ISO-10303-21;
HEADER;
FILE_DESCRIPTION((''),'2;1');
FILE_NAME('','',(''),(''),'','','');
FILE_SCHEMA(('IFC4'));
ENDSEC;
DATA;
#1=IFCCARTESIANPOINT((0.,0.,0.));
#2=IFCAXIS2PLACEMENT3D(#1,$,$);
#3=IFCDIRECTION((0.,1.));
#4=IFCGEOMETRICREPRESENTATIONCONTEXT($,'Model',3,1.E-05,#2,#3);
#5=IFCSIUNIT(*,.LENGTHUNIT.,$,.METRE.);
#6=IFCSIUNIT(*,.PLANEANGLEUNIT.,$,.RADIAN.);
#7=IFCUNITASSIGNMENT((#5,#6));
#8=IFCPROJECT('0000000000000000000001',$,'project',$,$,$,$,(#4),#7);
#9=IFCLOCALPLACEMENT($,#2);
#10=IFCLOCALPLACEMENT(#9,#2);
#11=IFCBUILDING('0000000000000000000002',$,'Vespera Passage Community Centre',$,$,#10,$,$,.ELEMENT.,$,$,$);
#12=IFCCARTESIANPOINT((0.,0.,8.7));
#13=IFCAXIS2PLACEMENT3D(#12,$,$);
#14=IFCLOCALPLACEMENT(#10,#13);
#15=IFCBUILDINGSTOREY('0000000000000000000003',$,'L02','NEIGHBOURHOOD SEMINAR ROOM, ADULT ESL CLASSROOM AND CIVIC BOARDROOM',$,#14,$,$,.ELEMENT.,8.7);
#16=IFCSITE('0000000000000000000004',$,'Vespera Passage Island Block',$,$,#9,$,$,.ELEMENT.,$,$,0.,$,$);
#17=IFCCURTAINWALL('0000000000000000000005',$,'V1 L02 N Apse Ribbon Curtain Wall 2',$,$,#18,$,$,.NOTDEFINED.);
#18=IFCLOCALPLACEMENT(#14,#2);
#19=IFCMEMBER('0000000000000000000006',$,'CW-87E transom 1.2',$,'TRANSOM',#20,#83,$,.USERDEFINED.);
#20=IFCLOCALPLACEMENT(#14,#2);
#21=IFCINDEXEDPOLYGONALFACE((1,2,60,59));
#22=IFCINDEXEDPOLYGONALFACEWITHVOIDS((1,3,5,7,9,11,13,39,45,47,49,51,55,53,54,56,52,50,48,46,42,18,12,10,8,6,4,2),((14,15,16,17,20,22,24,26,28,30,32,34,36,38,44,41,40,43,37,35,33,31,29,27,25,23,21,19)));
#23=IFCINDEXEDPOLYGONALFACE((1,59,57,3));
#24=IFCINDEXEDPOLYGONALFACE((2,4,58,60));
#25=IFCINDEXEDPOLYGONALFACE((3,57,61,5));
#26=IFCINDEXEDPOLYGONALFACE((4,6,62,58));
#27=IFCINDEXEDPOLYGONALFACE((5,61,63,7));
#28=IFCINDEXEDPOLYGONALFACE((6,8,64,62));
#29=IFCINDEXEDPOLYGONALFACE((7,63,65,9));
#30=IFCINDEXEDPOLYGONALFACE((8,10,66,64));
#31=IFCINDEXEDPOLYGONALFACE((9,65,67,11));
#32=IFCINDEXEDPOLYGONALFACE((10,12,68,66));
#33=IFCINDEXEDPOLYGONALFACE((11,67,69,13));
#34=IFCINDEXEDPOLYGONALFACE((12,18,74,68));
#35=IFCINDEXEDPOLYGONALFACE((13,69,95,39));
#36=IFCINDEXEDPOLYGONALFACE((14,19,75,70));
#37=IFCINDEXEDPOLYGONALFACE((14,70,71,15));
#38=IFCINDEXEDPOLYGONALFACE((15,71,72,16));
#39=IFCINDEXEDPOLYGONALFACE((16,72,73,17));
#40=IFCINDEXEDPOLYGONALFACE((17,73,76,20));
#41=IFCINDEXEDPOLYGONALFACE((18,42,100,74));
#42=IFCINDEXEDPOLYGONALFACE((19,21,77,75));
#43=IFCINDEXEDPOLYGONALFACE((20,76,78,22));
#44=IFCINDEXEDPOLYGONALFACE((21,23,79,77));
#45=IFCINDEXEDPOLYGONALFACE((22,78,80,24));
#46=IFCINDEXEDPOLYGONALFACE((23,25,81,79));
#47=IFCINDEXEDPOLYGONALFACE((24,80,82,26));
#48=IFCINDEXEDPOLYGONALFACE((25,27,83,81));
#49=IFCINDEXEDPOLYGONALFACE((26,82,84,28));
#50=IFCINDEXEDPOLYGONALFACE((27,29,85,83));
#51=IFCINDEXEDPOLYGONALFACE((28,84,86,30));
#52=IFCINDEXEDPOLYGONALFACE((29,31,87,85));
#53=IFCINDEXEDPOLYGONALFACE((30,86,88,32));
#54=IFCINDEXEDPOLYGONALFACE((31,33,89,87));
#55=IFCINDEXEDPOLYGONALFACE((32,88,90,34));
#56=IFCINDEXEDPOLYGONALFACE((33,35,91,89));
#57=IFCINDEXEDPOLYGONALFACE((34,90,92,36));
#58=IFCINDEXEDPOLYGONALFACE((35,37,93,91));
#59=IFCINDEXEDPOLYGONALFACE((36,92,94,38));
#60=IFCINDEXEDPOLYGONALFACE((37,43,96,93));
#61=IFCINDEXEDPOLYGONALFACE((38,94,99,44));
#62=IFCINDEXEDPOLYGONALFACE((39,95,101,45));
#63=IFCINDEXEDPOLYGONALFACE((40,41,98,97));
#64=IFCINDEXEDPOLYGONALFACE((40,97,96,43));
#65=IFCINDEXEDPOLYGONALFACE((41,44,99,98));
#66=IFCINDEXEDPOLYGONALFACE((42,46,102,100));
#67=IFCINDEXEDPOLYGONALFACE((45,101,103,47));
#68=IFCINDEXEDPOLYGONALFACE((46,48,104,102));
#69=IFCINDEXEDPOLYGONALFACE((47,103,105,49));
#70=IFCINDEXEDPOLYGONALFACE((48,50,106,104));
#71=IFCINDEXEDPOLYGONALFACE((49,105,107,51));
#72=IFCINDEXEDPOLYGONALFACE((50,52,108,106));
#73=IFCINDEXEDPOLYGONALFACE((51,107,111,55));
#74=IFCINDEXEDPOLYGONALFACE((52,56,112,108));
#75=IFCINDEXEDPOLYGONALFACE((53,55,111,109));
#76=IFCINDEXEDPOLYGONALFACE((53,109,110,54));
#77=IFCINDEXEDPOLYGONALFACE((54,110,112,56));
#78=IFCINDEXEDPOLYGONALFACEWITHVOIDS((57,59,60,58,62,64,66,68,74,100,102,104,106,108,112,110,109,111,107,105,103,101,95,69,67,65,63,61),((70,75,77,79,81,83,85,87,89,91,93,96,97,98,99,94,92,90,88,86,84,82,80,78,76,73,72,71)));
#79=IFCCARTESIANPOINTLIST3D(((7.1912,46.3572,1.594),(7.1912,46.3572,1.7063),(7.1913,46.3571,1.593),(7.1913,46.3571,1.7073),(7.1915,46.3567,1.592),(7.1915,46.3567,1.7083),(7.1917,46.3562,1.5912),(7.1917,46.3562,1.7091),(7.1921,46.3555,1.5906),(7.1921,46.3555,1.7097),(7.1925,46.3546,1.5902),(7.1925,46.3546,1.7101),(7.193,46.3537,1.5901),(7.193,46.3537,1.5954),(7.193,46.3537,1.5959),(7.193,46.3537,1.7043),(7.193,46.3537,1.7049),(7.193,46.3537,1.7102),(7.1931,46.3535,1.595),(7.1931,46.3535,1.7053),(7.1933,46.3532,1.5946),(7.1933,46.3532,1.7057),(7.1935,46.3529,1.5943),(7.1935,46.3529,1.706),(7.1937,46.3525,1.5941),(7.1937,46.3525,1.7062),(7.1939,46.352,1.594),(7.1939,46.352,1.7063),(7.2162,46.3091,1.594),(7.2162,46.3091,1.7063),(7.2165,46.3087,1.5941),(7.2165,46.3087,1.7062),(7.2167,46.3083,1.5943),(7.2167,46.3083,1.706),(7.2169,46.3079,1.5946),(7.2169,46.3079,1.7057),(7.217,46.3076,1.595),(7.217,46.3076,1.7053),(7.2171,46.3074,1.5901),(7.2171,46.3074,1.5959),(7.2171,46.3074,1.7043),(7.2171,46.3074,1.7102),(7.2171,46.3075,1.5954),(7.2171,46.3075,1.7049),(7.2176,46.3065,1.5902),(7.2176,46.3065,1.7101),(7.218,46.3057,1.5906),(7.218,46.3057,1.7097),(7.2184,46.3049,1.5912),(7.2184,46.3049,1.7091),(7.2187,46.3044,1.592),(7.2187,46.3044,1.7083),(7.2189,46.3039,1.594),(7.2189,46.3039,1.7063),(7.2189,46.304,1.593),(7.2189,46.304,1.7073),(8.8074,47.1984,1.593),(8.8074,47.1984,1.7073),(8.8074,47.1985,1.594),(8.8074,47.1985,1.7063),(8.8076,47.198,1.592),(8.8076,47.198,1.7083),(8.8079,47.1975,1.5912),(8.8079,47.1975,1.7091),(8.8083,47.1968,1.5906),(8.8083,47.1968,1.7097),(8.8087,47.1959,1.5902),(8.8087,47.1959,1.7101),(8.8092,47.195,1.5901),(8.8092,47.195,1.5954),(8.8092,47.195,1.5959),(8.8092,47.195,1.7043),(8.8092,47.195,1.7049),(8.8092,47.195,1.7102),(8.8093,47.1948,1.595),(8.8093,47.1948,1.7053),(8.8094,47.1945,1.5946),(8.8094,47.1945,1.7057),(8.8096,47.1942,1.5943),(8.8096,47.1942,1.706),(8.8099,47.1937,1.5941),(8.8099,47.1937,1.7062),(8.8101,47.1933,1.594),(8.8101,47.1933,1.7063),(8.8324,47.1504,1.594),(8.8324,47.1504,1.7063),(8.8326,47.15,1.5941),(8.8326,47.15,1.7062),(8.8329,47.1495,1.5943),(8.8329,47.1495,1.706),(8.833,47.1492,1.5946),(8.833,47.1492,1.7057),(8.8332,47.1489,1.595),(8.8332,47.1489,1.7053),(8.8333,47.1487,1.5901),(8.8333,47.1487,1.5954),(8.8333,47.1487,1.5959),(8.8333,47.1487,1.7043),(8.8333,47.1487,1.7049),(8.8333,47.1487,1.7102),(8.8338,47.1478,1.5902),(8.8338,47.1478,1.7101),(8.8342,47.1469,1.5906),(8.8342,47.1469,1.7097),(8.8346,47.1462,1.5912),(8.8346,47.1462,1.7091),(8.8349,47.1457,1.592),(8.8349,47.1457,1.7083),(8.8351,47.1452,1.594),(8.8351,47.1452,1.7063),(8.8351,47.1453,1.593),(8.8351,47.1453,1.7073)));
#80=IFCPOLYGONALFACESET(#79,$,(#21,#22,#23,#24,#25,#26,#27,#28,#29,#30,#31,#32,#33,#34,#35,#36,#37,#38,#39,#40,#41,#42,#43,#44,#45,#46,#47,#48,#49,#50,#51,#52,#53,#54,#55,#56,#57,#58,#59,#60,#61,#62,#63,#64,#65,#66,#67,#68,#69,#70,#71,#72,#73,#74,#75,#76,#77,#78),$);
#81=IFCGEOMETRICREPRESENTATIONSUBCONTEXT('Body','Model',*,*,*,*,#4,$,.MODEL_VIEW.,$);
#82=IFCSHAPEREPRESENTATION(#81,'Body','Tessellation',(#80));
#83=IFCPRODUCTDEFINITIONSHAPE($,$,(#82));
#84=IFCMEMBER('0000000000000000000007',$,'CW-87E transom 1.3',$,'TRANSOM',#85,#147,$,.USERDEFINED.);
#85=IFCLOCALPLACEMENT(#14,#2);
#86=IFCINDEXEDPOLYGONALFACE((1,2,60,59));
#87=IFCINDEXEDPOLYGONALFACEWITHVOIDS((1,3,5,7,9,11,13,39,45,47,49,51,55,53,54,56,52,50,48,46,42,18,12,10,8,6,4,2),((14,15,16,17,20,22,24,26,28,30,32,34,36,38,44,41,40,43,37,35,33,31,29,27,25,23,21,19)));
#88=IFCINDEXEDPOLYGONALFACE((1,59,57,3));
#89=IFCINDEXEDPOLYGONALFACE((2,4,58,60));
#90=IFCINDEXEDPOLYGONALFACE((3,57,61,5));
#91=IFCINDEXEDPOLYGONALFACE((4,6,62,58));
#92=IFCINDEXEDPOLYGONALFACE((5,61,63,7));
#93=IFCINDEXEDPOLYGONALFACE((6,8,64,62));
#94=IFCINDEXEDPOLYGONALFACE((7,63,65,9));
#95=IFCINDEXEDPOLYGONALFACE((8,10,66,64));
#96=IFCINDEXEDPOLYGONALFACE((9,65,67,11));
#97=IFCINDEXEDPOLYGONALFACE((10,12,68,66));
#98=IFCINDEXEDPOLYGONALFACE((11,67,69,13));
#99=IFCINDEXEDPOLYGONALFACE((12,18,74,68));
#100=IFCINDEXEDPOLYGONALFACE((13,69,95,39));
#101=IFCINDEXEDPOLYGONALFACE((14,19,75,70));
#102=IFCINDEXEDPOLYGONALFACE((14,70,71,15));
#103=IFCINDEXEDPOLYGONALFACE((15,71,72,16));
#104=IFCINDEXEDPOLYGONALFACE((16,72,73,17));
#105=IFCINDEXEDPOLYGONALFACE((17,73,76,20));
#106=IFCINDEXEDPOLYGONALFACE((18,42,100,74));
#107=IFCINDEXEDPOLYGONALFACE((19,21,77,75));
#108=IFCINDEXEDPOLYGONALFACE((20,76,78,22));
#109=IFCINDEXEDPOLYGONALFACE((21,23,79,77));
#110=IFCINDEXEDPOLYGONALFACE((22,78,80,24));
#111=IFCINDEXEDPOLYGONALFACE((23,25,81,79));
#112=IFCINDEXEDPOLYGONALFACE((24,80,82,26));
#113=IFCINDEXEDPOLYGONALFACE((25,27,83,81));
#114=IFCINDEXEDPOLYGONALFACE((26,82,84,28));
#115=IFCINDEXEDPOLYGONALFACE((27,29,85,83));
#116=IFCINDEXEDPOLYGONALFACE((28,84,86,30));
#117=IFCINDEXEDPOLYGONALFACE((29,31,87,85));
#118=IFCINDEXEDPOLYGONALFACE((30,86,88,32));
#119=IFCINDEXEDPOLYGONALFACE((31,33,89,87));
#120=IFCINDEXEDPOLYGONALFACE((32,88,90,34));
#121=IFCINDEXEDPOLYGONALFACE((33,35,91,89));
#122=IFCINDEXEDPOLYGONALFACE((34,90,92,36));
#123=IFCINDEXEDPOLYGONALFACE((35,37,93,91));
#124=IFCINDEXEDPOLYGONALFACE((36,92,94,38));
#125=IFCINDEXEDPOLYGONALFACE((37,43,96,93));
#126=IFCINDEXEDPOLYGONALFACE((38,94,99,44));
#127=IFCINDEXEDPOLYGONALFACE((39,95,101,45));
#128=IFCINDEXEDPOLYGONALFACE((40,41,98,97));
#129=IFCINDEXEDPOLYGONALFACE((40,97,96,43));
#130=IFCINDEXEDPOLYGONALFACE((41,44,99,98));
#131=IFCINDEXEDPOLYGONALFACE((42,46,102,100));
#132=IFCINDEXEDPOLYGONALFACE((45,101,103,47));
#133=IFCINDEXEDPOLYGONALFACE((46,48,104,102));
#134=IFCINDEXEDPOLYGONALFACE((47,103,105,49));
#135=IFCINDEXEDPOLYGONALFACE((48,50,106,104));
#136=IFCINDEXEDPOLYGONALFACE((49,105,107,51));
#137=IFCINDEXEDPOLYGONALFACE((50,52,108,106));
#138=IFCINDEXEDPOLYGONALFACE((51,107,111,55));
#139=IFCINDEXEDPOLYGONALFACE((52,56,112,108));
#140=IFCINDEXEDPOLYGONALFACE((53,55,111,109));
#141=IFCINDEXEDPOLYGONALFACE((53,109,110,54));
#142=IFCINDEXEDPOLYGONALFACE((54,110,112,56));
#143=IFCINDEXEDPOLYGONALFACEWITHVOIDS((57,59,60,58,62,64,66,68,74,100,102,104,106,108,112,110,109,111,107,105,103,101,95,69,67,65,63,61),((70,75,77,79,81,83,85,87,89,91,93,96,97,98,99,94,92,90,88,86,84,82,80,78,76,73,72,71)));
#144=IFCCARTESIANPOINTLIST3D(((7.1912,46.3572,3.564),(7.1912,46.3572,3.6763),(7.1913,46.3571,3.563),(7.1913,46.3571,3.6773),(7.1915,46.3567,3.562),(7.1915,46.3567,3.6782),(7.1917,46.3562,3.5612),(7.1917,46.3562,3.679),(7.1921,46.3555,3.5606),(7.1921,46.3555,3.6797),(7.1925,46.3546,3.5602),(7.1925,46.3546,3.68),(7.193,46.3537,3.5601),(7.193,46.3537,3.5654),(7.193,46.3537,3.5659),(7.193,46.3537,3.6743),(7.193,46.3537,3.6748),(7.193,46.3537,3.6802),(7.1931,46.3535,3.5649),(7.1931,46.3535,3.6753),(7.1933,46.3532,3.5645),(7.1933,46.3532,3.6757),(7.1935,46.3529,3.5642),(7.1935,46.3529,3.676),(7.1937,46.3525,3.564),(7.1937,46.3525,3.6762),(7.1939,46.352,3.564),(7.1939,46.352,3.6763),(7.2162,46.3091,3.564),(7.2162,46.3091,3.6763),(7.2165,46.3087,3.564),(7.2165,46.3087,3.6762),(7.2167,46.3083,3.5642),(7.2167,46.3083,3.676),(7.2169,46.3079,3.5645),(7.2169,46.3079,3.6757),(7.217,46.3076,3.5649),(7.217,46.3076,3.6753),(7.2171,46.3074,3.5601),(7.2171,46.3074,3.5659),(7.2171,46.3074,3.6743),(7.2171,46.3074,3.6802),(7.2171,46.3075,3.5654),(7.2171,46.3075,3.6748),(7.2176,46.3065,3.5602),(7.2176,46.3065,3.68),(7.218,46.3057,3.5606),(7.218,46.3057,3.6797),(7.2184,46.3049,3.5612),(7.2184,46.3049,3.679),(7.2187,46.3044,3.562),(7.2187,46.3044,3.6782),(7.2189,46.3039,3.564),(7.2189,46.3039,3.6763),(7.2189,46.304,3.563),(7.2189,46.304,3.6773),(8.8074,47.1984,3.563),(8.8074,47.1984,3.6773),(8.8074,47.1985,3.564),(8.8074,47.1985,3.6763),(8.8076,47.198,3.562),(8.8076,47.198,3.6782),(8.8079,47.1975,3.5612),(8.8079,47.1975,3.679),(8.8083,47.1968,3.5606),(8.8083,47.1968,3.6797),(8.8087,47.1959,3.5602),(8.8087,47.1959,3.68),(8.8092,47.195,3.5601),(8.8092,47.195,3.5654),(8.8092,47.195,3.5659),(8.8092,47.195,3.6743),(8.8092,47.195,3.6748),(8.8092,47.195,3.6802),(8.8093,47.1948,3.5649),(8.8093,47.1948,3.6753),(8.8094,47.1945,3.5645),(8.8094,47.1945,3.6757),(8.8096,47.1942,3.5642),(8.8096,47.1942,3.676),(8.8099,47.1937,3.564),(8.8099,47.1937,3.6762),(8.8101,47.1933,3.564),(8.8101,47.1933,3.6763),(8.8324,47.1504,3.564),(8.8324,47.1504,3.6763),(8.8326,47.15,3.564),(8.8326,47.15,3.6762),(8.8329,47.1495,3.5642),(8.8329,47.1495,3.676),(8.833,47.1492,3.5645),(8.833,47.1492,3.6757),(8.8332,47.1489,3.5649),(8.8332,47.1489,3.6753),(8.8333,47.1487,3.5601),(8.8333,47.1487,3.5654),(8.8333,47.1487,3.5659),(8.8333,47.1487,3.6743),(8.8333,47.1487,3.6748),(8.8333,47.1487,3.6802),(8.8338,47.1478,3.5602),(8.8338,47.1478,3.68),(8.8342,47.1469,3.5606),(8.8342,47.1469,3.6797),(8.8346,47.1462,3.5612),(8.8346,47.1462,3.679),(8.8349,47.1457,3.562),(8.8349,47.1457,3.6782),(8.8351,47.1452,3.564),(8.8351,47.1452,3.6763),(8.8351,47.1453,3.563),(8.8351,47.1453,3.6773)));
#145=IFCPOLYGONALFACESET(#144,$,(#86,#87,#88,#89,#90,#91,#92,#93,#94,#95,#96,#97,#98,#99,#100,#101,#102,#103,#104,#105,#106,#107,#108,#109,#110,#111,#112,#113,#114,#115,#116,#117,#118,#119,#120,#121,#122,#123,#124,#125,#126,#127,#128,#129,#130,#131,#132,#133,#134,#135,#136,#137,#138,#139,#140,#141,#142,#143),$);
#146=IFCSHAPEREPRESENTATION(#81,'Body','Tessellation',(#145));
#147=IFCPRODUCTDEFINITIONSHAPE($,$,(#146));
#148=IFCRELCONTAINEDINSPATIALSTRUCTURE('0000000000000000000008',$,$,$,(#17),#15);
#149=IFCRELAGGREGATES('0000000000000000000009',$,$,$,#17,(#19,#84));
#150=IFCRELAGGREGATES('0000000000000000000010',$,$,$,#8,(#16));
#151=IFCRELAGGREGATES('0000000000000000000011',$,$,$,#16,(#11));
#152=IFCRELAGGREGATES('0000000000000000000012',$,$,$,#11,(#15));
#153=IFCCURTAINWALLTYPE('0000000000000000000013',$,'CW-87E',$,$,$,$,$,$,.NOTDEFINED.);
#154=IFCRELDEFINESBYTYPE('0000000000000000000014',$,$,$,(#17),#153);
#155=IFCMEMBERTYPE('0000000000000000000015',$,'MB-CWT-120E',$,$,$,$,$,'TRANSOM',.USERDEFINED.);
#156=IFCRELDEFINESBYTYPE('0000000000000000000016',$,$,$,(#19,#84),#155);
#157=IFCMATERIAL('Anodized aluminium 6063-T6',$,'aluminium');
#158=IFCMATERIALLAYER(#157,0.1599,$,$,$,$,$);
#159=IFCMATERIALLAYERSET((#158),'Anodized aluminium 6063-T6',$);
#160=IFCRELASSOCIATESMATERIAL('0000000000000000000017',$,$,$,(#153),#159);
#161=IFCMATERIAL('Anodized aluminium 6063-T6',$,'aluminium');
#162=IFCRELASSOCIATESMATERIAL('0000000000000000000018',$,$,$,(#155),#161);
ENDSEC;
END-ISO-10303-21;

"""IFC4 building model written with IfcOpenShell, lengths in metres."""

from ifc_helpers import new_model, si_unit, direction, frame, origin, origin_2d, place, context, subcontext, project, spatial, hollow_rectangle, extrude, material, layer, layer_set, material_profile, profile_set, type_object, element, aggregate, save


model = new_model("IFC4")

# Units and contexts
model_context = context("Model", 3, precision=1e-05, world=origin(), true_north=direction((0.0, 1.0)))
body_context = subcontext(model_context, "Body", "Model", "MODEL_VIEW")
ifc_project = project(units=[si_unit("LENGTHUNIT", "METRE"), si_unit("PLANEANGLEUNIT", "RADIAN")], contexts=[model_context])

# Site, building, storey
site_placement = place(None, origin())
site = spatial("IfcSite", under=ifc_project, at=site_placement, Name="Vespera Passage Island Block", CompositionType="ELEMENT", RefElevation=0.0)
building_placement = place(site_placement, origin())
building = spatial("IfcBuilding", under=site, at=building_placement, Name="Vespera Passage Community Centre", CompositionType="ELEMENT")
storey_placement = place(building_placement, frame((0.0, 0.0, 8.7)))
storey = spatial("IfcBuildingStorey", under=building, at=storey_placement, Name="L02", Description="NEIGHBOURHOOD SEMINAR ROOM, ADULT ESL CLASSROOM AND CIVIC BOARDROOM", CompositionType="ELEMENT", Elevation=8.7)

# Curtain wall, members
ifc_material_1 = material(Name="Anodized aluminium 6063-T6", Category="aluminium")
ifc_layer_1 = layer(ifc_material_1, 0.1599)
ifc_layer_set_1 = layer_set([ifc_layer_1], Name="Anodized aluminium 6063-T6")
curtain_wall_type = type_object("IfcCurtainWallType", Name="CW-87E", PredefinedType="NOTDEFINED", material=ifc_layer_set_1)
curtain_wall_placement = place(storey_placement, origin())
curtain_wall = element("IfcCurtainWall", 1, at=curtain_wall_placement, inside=storey, type_object=curtain_wall_type, Name="V1 L02 N Apse Ribbon Curtain Wall 2", PredefinedType="NOTDEFINED")
ifc_material_2 = material(Name="Anodized aluminium 6063-T6", Category="aluminium")
ifc_material_profile_1 = material_profile(ifc_material_2, hollow_rectangle(XDim=0.0601, YDim=0.1201, WallThickness=0.0039, InnerFilletRadius=0.002, OuterFilletRadius=0.0039, at=origin_2d()), Name="ALU120X60X4")
ifc_profile_set_1 = profile_set([ifc_material_profile_1], Name="Anodized aluminium 6063-T6")
member_type_1 = type_object("IfcMemberType", Name="MB-CWT-120E", ElementType="TRANSOM", PredefinedType="USERDEFINED", material=ifc_profile_set_1)
member_1_placement = place(storey_placement, frame((7.2051, 46.3306, 1.6501), z_axis=(0.887019, 0.461732, 0.0), x_axis=(-0.461732, 0.887019, 0.0)))
member_1 = element("IfcMember", 2, at=member_1_placement, type_object=member_type_1, Name="CW-87E transom 1.2", ObjectType="TRANSOM", PredefinedType="USERDEFINED", context=body_context, shape_type="SweptSolid", body=[
    extrude(hollow_rectangle(XDim=0.0601, YDim=0.1201, WallThickness=0.0039, InnerFilletRadius=0.002, OuterFilletRadius=0.0039, at=origin_2d()), origin(), (0.0, 0.0, 1.0), 1.822),
])
member_2_placement = place(storey_placement, frame((7.2051, 46.3306, 3.6201), z_axis=(0.887019, 0.461732, 0.0), x_axis=(-0.461732, 0.887019, 0.0)))
member_2 = element("IfcMember", 3, at=member_2_placement, type_object=member_type_1, Name="CW-87E transom 1.3", ObjectType="TRANSOM", PredefinedType="USERDEFINED", context=body_context, shape_type="SweptSolid", body=[
    extrude(hollow_rectangle(XDim=0.0601, YDim=0.1201, WallThickness=0.0039, InnerFilletRadius=0.002, OuterFilletRadius=0.0039, at=origin_2d()), origin(), (0.0, 0.0, 1.0), 1.822),
])
aggregate(curtain_wall, [member_1, member_2])

save(model, "model.ifc")
